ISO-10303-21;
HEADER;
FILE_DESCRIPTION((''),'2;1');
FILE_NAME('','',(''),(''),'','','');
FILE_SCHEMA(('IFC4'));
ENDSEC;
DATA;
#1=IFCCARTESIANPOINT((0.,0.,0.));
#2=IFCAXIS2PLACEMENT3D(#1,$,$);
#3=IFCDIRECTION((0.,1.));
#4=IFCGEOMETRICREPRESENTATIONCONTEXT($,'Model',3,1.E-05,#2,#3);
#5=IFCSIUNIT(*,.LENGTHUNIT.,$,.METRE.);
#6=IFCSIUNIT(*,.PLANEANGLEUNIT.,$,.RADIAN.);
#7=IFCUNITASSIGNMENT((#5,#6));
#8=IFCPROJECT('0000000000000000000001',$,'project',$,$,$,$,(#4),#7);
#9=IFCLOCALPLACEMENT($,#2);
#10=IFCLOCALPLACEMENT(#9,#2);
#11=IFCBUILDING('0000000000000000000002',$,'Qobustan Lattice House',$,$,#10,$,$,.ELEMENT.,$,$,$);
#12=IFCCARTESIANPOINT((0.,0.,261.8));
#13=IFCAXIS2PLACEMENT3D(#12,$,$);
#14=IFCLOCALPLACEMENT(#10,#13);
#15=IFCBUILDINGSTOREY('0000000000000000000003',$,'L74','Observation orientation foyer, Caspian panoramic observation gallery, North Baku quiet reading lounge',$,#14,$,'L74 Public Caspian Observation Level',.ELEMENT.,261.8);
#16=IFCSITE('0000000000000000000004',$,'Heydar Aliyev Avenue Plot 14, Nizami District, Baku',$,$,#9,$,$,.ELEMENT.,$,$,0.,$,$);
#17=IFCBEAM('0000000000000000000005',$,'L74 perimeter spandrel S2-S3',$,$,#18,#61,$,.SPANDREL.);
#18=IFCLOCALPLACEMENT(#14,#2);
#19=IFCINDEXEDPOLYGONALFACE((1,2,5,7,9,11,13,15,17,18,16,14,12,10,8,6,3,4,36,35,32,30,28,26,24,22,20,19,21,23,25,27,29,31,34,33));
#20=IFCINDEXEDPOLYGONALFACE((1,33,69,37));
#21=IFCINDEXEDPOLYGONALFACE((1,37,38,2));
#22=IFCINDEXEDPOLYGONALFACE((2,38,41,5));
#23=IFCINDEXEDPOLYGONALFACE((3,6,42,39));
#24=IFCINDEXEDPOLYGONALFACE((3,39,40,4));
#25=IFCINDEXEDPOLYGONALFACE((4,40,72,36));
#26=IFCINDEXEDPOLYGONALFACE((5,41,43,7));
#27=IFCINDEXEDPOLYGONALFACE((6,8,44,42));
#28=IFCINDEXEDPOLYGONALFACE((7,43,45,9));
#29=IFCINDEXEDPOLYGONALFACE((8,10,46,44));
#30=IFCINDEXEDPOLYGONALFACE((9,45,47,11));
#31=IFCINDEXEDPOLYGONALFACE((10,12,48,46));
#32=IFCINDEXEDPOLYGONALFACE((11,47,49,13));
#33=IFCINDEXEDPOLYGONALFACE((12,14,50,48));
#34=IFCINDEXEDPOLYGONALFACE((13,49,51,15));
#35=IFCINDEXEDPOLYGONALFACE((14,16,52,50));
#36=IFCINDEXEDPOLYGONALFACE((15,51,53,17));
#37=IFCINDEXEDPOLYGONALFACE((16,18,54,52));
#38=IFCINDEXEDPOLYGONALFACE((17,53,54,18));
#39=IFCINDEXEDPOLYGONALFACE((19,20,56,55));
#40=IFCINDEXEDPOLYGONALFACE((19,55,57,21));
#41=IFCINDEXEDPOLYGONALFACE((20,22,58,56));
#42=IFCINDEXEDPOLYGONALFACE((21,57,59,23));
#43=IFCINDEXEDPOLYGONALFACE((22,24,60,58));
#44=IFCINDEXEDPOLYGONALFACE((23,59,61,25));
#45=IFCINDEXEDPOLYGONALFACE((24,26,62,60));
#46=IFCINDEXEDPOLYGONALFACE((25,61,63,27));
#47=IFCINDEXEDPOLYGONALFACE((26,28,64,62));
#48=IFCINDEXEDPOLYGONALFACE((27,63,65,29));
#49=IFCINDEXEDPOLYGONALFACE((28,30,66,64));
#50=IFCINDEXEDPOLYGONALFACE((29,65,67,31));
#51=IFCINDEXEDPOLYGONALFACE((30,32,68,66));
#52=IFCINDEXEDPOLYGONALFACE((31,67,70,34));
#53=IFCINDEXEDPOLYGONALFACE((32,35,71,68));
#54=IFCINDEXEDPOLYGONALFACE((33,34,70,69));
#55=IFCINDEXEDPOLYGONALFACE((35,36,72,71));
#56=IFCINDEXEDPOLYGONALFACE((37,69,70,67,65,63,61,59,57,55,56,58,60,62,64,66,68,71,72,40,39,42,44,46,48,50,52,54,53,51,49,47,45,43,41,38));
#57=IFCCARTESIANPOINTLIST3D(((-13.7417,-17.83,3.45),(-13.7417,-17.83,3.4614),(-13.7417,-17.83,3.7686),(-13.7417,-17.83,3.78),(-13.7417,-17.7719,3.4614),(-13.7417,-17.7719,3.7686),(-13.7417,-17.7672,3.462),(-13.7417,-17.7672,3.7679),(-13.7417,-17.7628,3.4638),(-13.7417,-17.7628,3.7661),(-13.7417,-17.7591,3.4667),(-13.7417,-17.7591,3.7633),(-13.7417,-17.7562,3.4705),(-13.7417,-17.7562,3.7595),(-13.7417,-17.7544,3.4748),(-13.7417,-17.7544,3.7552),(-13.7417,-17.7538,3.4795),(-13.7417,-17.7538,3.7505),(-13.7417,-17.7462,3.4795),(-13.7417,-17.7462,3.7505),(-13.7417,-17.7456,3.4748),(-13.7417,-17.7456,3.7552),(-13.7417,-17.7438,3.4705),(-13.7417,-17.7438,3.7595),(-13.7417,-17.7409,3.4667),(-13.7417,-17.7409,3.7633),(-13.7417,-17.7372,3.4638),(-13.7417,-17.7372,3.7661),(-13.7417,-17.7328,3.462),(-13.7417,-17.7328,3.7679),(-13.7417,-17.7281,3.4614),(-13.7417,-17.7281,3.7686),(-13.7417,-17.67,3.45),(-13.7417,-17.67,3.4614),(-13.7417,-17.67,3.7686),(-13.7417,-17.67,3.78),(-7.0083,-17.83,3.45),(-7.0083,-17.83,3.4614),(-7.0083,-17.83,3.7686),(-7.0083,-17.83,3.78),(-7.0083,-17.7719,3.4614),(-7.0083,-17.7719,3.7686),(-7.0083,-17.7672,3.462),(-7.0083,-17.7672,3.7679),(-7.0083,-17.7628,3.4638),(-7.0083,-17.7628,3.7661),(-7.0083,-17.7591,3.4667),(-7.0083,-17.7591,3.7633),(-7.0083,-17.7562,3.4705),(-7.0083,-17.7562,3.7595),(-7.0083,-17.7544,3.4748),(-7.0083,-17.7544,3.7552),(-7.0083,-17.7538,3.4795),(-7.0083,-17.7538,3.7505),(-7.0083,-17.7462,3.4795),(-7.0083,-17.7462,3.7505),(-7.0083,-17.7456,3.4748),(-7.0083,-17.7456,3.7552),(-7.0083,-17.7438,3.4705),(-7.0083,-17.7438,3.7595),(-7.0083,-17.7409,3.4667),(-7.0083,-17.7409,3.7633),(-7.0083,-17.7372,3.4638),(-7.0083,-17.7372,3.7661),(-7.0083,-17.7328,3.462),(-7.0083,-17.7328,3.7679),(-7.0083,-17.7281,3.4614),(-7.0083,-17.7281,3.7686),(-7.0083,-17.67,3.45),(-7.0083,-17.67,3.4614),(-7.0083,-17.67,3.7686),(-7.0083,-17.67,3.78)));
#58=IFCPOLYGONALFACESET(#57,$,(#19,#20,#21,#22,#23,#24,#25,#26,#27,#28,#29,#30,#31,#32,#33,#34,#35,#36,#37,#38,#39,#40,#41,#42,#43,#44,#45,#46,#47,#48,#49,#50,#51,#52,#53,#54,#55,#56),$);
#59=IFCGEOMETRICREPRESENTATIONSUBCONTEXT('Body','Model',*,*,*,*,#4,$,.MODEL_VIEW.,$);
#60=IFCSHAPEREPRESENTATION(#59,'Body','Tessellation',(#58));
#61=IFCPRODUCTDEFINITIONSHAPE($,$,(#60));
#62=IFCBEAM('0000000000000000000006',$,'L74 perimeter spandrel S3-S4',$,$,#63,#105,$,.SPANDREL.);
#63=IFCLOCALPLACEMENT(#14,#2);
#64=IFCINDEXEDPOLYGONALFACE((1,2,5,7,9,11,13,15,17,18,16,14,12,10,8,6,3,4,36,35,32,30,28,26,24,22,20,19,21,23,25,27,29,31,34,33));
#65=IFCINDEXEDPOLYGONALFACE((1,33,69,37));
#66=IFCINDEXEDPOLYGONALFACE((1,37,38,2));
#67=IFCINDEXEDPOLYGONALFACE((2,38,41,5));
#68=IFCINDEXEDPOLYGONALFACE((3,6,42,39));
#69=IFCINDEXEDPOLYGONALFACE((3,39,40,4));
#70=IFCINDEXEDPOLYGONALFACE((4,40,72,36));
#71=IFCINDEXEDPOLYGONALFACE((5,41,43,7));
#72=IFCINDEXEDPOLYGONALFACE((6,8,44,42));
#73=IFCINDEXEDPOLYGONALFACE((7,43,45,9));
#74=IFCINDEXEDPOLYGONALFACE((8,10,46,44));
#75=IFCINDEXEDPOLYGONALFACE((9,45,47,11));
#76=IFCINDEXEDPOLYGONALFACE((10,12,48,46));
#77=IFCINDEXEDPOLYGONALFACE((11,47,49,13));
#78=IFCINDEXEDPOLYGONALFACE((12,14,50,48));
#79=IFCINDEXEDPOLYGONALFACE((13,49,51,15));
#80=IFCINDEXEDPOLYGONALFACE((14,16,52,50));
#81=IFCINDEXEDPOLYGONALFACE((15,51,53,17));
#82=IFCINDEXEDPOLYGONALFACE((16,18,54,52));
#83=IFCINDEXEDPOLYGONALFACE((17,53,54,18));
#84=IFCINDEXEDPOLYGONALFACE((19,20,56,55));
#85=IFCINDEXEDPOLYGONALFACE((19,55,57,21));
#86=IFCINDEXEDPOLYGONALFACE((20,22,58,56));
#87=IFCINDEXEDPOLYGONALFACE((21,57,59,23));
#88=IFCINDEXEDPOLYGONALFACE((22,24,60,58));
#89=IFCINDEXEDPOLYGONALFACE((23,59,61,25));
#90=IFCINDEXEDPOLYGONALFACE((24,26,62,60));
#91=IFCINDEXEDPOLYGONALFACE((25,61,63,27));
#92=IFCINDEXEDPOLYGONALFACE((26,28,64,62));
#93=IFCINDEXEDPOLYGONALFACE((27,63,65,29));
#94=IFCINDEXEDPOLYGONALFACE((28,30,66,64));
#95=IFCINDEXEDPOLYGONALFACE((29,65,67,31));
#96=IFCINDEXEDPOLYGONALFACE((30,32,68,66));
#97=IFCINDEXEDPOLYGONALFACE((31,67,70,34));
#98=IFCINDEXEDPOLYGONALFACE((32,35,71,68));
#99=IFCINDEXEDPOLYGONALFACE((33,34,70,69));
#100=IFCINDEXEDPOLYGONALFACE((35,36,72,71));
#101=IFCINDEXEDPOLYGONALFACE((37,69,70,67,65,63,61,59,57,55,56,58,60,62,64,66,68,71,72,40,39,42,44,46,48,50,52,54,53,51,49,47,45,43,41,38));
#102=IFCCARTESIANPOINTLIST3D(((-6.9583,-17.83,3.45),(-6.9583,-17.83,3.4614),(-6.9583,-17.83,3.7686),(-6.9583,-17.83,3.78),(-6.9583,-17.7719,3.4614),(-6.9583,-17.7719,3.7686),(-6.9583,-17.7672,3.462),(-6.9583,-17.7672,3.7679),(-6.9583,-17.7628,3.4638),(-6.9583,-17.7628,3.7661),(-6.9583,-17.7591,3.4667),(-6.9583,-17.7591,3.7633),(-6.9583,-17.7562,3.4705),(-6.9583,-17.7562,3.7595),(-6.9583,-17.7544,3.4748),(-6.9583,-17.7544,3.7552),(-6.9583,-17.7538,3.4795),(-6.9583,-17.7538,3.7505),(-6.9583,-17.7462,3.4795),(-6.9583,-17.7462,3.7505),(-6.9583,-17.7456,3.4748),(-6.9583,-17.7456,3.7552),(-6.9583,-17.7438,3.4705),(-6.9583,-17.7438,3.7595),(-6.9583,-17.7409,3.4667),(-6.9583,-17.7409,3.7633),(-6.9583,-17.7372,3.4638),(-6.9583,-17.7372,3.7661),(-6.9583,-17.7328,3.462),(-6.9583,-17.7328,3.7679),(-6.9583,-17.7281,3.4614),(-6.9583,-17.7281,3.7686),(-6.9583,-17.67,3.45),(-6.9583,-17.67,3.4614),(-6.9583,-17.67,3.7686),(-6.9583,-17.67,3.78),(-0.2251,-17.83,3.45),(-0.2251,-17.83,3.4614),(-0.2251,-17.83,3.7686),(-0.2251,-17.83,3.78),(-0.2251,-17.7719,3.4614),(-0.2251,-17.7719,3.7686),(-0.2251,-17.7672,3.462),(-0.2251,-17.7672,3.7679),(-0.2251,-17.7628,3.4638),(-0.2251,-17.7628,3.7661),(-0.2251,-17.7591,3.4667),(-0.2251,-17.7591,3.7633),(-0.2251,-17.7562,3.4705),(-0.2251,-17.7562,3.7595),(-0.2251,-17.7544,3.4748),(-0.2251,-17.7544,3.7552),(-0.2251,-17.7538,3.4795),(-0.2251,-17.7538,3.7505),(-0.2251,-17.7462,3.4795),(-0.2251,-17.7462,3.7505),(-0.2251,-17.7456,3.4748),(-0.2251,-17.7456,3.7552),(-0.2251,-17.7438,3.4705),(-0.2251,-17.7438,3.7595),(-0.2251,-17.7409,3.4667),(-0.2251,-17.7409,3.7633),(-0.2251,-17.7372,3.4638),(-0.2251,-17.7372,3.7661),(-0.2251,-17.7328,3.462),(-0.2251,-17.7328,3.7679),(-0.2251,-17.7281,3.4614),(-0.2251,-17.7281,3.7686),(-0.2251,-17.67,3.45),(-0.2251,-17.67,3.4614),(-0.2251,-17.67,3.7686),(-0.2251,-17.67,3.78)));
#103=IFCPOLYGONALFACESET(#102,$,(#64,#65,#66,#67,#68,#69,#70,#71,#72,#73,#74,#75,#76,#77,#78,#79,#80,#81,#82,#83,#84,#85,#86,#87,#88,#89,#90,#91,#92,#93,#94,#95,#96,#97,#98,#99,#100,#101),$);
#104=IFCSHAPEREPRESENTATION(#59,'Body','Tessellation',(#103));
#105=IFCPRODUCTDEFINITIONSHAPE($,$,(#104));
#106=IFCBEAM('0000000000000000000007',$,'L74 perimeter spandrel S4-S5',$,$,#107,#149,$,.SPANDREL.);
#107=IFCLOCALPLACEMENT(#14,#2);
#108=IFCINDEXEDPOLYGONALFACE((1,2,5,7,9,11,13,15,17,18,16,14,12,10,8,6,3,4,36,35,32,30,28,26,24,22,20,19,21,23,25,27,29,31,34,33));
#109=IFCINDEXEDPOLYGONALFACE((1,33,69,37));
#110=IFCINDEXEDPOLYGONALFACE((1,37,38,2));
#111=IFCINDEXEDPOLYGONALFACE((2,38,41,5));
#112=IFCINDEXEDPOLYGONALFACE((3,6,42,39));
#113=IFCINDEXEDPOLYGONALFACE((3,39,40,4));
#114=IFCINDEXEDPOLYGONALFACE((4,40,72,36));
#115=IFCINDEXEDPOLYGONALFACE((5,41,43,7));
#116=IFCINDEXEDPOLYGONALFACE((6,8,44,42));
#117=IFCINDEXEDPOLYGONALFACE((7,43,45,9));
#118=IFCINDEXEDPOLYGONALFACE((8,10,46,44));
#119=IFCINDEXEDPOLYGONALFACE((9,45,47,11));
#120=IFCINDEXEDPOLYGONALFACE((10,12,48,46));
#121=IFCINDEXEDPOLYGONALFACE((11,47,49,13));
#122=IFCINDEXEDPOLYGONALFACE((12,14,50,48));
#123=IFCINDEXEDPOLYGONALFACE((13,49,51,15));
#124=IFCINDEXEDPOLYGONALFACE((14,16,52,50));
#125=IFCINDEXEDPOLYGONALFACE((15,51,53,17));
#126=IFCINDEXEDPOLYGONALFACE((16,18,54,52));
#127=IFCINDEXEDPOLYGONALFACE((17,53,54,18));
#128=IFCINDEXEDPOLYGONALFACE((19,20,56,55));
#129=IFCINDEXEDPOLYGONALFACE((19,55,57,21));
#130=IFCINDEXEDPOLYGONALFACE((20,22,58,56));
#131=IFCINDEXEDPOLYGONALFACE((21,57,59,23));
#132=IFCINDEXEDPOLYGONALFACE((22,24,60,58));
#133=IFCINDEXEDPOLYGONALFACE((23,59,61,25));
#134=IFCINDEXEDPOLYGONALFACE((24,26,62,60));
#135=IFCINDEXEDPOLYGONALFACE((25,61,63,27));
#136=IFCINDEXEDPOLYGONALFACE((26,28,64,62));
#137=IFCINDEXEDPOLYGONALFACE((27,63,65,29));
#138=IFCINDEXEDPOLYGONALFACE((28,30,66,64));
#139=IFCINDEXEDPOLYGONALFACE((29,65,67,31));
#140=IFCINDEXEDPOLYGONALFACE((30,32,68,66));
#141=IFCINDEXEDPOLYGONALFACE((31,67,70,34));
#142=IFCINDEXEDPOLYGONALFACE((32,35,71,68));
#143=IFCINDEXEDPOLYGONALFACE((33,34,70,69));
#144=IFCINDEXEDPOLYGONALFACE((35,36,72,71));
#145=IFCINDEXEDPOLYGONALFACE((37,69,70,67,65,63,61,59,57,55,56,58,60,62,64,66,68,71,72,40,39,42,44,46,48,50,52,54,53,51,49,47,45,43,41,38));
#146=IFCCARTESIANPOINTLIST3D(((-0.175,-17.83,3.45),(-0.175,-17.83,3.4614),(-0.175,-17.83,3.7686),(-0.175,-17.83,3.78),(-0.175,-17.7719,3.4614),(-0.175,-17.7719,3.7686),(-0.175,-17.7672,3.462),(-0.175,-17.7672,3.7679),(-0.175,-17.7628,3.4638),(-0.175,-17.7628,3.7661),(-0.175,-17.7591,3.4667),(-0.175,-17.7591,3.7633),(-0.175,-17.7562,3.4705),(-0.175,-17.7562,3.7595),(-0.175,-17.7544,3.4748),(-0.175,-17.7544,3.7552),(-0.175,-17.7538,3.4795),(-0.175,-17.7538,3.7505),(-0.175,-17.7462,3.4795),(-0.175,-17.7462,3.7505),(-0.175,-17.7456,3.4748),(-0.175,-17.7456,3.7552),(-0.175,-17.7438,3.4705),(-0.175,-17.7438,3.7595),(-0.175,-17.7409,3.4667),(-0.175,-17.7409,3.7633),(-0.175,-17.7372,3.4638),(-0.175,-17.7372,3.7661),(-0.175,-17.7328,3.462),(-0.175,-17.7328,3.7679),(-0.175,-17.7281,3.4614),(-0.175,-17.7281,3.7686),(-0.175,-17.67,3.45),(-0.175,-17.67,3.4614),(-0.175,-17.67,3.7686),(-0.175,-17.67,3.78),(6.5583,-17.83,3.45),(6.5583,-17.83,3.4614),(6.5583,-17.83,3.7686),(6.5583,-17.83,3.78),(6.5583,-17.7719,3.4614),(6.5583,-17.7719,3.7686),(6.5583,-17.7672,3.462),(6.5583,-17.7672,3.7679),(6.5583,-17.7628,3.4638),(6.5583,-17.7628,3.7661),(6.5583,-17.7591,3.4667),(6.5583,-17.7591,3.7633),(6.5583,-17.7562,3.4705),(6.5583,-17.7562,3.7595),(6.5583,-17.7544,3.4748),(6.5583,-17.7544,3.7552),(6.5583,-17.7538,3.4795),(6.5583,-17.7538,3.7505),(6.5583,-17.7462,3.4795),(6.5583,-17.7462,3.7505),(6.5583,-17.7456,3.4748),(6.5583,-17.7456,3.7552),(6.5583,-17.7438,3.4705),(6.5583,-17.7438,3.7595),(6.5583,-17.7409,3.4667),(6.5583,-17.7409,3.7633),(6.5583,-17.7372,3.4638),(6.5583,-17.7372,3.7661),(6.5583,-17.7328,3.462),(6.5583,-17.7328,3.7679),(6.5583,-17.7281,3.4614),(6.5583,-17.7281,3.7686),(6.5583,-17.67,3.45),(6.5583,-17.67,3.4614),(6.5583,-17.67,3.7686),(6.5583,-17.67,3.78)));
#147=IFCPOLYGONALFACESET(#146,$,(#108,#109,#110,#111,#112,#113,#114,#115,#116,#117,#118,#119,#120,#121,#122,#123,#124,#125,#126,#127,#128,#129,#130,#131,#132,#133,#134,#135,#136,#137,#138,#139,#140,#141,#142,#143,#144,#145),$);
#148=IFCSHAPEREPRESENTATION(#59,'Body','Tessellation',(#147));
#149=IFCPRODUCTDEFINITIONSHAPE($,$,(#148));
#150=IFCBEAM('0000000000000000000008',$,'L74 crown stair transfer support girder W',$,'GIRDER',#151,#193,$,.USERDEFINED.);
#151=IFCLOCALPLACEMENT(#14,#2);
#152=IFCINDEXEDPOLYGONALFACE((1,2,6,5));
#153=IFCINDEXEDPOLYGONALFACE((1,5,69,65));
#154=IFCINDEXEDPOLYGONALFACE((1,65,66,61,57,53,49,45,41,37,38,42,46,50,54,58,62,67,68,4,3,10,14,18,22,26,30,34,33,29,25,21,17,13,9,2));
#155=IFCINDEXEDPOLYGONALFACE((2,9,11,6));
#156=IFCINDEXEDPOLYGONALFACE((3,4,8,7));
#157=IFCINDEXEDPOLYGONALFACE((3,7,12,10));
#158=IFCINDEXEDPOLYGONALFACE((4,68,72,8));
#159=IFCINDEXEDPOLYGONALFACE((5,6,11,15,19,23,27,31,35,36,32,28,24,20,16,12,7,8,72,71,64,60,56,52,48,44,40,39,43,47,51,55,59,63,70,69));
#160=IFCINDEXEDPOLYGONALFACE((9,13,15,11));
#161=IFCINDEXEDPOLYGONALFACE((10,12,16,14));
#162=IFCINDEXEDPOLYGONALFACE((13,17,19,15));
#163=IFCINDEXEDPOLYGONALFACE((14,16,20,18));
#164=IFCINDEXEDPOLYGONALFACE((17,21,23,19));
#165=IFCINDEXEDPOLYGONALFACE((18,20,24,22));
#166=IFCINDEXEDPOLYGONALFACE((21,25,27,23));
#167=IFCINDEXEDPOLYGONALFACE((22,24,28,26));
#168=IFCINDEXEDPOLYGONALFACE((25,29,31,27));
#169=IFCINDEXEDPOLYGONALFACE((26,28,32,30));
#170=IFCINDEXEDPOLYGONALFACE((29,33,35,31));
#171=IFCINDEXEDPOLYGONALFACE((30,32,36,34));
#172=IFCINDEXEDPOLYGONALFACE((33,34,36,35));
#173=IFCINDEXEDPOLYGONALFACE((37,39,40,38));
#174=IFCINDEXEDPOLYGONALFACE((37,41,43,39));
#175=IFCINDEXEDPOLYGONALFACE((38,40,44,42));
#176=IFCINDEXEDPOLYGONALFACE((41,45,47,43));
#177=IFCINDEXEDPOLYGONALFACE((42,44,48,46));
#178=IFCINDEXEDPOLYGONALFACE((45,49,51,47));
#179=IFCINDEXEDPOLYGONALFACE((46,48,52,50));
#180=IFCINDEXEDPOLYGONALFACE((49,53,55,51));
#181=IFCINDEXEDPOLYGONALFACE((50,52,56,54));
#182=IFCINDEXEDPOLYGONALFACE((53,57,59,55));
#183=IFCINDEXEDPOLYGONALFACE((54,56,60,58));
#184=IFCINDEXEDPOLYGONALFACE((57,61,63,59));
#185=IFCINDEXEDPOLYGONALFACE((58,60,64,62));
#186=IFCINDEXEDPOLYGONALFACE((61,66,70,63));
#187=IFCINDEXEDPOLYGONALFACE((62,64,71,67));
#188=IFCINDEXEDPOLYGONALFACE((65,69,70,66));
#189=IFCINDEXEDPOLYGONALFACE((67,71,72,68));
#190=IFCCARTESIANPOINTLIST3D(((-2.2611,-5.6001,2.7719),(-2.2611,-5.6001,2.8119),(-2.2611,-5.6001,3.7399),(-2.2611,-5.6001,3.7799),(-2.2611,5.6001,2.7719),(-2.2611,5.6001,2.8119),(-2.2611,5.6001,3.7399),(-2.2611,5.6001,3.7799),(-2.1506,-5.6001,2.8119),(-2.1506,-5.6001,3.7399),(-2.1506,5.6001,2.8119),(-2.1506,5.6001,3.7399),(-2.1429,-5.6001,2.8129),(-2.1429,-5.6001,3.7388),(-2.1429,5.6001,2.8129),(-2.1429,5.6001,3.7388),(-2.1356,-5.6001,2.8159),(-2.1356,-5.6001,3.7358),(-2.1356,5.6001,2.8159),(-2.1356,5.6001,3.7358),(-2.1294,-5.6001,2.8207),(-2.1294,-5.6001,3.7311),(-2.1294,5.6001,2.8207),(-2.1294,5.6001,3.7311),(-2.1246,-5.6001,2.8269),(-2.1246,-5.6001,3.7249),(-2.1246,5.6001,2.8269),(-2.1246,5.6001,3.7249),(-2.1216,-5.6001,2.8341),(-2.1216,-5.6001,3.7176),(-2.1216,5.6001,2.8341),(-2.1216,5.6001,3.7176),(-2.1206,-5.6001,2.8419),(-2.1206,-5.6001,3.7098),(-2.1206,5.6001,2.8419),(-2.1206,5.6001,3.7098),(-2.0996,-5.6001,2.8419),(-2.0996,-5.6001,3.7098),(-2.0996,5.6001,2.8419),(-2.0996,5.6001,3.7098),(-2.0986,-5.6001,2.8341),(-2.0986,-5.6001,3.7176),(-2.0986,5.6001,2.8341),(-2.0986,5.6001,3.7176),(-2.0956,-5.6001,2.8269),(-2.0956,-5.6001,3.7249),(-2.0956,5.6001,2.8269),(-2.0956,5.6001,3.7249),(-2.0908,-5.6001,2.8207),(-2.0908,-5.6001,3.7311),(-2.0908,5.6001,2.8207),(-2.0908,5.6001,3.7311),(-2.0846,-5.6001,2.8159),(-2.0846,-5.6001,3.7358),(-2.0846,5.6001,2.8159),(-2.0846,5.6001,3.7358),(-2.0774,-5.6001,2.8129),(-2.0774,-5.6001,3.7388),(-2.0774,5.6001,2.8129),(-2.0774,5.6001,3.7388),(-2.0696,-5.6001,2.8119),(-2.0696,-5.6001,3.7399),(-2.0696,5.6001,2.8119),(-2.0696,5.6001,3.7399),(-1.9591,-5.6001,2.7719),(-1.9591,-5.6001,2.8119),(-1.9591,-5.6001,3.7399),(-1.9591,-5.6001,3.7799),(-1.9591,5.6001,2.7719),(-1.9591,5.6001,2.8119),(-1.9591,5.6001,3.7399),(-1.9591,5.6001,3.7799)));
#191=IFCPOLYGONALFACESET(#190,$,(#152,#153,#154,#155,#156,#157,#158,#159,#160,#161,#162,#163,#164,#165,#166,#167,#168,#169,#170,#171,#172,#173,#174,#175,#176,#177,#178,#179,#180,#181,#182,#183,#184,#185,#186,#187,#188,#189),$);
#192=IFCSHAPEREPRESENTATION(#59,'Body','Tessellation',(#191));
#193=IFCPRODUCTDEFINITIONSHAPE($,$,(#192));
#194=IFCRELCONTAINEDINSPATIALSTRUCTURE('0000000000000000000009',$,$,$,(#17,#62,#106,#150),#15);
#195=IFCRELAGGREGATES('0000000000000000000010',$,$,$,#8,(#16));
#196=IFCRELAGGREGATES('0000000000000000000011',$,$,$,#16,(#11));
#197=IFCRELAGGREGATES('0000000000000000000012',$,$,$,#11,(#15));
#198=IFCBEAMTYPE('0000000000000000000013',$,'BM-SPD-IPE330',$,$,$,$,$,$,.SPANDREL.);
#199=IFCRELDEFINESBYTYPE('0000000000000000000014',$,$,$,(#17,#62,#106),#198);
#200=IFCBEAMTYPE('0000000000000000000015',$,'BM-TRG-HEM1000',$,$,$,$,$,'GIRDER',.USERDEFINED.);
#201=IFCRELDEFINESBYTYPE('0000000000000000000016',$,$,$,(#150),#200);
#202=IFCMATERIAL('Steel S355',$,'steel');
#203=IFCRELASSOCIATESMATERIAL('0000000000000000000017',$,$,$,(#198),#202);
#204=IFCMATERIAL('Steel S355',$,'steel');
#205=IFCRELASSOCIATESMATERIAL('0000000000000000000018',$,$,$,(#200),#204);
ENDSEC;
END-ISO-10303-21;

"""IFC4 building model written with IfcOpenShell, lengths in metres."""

from ifc_helpers import new_model, si_unit, direction, frame, origin, origin_2d, place, context, subcontext, project, spatial, i_section, extrude, material, material_profile, profile_set, type_object, element, save


model = new_model("IFC4")

# Units and contexts
model_context = context("Model", 3, precision=1e-05, world=origin(), true_north=direction((0.0, 1.0)))
body_context = subcontext(model_context, "Body", "Model", "MODEL_VIEW")
ifc_project = project(units=[si_unit("LENGTHUNIT", "METRE"), si_unit("PLANEANGLEUNIT", "RADIAN")], contexts=[model_context])

# Site, building, storey
site_placement = place(None, origin())
site = spatial("IfcSite", under=ifc_project, at=site_placement, Name="Heydar Aliyev Avenue Plot 14, Nizami District, Baku", CompositionType="ELEMENT", RefElevation=0.0)
building_placement = place(site_placement, origin())
building = spatial("IfcBuilding", under=site, at=building_placement, Name="Qobustan Lattice House", CompositionType="ELEMENT")
storey_placement = place(building_placement, frame((0.0, 0.0, 261.8)))
storey = spatial("IfcBuildingStorey", under=building, at=storey_placement, Name="L74", Description="Observation orientation foyer, Caspian panoramic observation gallery, North Baku quiet reading lounge", LongName="L74 Public Caspian Observation Level", CompositionType="ELEMENT", Elevation=261.8)

# Beams
ifc_material_1 = material(Name="Steel S355", Category="steel")
ifc_material_profile_1 = material_profile(ifc_material_1, i_section(OverallWidth=0.1599, OverallDepth=0.3301, WebThickness=0.0076, FlangeThickness=0.0115, FilletRadius=0.0181, at=origin_2d()), Name="IPE330")
ifc_profile_set_1 = profile_set([ifc_material_profile_1], Name="Steel S355")
beam_type_1 = type_object("IfcBeamType", Name="BM-SPD-IPE330", PredefinedType="SPANDREL", material=ifc_profile_set_1)
beam_1_placement = place(storey_placement, frame((-13.7417, -17.75, 3.615), z_axis=(1.0, 0.0, 0.0), x_axis=(0.0, 1.0, 0.0)))
element("IfcBeam", 1, at=beam_1_placement, inside=storey, type_object=beam_type_1, Name="L74 perimeter spandrel S2-S3", PredefinedType="SPANDREL", context=body_context, shape_type="SweptSolid", body=[
    extrude(i_section(OverallWidth=0.1599, OverallDepth=0.3301, WebThickness=0.0076, FlangeThickness=0.0115, FilletRadius=0.0181, at=origin_2d()), origin(), (0.0, 0.0, 1.0), 6.7334),
])
beam_2_placement = place(storey_placement, frame((-6.9583, -17.75, 3.615), z_axis=(1.0, 0.0, 0.0), x_axis=(0.0, 1.0, 0.0)))
element("IfcBeam", 2, at=beam_2_placement, inside=storey, type_object=beam_type_1, Name="L74 perimeter spandrel S3-S4", PredefinedType="SPANDREL", context=body_context, shape_type="SweptSolid", body=[
    extrude(i_section(OverallWidth=0.1599, OverallDepth=0.3301, WebThickness=0.0076, FlangeThickness=0.0115, FilletRadius=0.0181, at=origin_2d()), origin(), (0.0, 0.0, 1.0), 6.7332),
])
beam_3_placement = place(storey_placement, frame((-0.175, -17.75, 3.615), z_axis=(1.0, 0.0, 0.0), x_axis=(0.0, 1.0, 0.0)))
element("IfcBeam", 3, at=beam_3_placement, inside=storey, type_object=beam_type_1, Name="L74 perimeter spandrel S4-S5", PredefinedType="SPANDREL", context=body_context, shape_type="SweptSolid", body=[
    extrude(i_section(OverallWidth=0.1599, OverallDepth=0.3301, WebThickness=0.0076, FlangeThickness=0.0115, FilletRadius=0.0181, at=origin_2d()), origin(), (0.0, 0.0, 1.0), 6.7334),
])
ifc_material_2 = material(Name="Steel S355", Category="steel")
ifc_material_profile_2 = material_profile(ifc_material_2, i_section(OverallWidth=0.302, OverallDepth=1.0081, WebThickness=0.021, FlangeThickness=0.04, FilletRadius=0.03, at=origin_2d()), Name="HEM1000")
ifc_profile_set_2 = profile_set([ifc_material_profile_2], Name="Steel S355")
beam_type_2 = type_object("IfcBeamType", Name="BM-TRG-HEM1000", ElementType="GIRDER", PredefinedType="USERDEFINED", material=ifc_profile_set_2)
beam_4_placement = place(storey_placement, frame((-2.1101, -5.6001, 3.2759), z_axis=(0.0, 1.0, 0.0), x_axis=(-1.0, 0.0, 0.0)))
element("IfcBeam", 4, at=beam_4_placement, inside=storey, type_object=beam_type_2, Name="L74 crown stair transfer support girder W", ObjectType="GIRDER", PredefinedType="USERDEFINED", context=body_context, shape_type="SweptSolid", body=[
    extrude(i_section(OverallWidth=0.302, OverallDepth=1.0081, WebThickness=0.021, FlangeThickness=0.04, FilletRadius=0.03, at=origin_2d()), origin(), (0.0, 0.0, 1.0), 11.2002),
])

save(model, "model.ifc")
